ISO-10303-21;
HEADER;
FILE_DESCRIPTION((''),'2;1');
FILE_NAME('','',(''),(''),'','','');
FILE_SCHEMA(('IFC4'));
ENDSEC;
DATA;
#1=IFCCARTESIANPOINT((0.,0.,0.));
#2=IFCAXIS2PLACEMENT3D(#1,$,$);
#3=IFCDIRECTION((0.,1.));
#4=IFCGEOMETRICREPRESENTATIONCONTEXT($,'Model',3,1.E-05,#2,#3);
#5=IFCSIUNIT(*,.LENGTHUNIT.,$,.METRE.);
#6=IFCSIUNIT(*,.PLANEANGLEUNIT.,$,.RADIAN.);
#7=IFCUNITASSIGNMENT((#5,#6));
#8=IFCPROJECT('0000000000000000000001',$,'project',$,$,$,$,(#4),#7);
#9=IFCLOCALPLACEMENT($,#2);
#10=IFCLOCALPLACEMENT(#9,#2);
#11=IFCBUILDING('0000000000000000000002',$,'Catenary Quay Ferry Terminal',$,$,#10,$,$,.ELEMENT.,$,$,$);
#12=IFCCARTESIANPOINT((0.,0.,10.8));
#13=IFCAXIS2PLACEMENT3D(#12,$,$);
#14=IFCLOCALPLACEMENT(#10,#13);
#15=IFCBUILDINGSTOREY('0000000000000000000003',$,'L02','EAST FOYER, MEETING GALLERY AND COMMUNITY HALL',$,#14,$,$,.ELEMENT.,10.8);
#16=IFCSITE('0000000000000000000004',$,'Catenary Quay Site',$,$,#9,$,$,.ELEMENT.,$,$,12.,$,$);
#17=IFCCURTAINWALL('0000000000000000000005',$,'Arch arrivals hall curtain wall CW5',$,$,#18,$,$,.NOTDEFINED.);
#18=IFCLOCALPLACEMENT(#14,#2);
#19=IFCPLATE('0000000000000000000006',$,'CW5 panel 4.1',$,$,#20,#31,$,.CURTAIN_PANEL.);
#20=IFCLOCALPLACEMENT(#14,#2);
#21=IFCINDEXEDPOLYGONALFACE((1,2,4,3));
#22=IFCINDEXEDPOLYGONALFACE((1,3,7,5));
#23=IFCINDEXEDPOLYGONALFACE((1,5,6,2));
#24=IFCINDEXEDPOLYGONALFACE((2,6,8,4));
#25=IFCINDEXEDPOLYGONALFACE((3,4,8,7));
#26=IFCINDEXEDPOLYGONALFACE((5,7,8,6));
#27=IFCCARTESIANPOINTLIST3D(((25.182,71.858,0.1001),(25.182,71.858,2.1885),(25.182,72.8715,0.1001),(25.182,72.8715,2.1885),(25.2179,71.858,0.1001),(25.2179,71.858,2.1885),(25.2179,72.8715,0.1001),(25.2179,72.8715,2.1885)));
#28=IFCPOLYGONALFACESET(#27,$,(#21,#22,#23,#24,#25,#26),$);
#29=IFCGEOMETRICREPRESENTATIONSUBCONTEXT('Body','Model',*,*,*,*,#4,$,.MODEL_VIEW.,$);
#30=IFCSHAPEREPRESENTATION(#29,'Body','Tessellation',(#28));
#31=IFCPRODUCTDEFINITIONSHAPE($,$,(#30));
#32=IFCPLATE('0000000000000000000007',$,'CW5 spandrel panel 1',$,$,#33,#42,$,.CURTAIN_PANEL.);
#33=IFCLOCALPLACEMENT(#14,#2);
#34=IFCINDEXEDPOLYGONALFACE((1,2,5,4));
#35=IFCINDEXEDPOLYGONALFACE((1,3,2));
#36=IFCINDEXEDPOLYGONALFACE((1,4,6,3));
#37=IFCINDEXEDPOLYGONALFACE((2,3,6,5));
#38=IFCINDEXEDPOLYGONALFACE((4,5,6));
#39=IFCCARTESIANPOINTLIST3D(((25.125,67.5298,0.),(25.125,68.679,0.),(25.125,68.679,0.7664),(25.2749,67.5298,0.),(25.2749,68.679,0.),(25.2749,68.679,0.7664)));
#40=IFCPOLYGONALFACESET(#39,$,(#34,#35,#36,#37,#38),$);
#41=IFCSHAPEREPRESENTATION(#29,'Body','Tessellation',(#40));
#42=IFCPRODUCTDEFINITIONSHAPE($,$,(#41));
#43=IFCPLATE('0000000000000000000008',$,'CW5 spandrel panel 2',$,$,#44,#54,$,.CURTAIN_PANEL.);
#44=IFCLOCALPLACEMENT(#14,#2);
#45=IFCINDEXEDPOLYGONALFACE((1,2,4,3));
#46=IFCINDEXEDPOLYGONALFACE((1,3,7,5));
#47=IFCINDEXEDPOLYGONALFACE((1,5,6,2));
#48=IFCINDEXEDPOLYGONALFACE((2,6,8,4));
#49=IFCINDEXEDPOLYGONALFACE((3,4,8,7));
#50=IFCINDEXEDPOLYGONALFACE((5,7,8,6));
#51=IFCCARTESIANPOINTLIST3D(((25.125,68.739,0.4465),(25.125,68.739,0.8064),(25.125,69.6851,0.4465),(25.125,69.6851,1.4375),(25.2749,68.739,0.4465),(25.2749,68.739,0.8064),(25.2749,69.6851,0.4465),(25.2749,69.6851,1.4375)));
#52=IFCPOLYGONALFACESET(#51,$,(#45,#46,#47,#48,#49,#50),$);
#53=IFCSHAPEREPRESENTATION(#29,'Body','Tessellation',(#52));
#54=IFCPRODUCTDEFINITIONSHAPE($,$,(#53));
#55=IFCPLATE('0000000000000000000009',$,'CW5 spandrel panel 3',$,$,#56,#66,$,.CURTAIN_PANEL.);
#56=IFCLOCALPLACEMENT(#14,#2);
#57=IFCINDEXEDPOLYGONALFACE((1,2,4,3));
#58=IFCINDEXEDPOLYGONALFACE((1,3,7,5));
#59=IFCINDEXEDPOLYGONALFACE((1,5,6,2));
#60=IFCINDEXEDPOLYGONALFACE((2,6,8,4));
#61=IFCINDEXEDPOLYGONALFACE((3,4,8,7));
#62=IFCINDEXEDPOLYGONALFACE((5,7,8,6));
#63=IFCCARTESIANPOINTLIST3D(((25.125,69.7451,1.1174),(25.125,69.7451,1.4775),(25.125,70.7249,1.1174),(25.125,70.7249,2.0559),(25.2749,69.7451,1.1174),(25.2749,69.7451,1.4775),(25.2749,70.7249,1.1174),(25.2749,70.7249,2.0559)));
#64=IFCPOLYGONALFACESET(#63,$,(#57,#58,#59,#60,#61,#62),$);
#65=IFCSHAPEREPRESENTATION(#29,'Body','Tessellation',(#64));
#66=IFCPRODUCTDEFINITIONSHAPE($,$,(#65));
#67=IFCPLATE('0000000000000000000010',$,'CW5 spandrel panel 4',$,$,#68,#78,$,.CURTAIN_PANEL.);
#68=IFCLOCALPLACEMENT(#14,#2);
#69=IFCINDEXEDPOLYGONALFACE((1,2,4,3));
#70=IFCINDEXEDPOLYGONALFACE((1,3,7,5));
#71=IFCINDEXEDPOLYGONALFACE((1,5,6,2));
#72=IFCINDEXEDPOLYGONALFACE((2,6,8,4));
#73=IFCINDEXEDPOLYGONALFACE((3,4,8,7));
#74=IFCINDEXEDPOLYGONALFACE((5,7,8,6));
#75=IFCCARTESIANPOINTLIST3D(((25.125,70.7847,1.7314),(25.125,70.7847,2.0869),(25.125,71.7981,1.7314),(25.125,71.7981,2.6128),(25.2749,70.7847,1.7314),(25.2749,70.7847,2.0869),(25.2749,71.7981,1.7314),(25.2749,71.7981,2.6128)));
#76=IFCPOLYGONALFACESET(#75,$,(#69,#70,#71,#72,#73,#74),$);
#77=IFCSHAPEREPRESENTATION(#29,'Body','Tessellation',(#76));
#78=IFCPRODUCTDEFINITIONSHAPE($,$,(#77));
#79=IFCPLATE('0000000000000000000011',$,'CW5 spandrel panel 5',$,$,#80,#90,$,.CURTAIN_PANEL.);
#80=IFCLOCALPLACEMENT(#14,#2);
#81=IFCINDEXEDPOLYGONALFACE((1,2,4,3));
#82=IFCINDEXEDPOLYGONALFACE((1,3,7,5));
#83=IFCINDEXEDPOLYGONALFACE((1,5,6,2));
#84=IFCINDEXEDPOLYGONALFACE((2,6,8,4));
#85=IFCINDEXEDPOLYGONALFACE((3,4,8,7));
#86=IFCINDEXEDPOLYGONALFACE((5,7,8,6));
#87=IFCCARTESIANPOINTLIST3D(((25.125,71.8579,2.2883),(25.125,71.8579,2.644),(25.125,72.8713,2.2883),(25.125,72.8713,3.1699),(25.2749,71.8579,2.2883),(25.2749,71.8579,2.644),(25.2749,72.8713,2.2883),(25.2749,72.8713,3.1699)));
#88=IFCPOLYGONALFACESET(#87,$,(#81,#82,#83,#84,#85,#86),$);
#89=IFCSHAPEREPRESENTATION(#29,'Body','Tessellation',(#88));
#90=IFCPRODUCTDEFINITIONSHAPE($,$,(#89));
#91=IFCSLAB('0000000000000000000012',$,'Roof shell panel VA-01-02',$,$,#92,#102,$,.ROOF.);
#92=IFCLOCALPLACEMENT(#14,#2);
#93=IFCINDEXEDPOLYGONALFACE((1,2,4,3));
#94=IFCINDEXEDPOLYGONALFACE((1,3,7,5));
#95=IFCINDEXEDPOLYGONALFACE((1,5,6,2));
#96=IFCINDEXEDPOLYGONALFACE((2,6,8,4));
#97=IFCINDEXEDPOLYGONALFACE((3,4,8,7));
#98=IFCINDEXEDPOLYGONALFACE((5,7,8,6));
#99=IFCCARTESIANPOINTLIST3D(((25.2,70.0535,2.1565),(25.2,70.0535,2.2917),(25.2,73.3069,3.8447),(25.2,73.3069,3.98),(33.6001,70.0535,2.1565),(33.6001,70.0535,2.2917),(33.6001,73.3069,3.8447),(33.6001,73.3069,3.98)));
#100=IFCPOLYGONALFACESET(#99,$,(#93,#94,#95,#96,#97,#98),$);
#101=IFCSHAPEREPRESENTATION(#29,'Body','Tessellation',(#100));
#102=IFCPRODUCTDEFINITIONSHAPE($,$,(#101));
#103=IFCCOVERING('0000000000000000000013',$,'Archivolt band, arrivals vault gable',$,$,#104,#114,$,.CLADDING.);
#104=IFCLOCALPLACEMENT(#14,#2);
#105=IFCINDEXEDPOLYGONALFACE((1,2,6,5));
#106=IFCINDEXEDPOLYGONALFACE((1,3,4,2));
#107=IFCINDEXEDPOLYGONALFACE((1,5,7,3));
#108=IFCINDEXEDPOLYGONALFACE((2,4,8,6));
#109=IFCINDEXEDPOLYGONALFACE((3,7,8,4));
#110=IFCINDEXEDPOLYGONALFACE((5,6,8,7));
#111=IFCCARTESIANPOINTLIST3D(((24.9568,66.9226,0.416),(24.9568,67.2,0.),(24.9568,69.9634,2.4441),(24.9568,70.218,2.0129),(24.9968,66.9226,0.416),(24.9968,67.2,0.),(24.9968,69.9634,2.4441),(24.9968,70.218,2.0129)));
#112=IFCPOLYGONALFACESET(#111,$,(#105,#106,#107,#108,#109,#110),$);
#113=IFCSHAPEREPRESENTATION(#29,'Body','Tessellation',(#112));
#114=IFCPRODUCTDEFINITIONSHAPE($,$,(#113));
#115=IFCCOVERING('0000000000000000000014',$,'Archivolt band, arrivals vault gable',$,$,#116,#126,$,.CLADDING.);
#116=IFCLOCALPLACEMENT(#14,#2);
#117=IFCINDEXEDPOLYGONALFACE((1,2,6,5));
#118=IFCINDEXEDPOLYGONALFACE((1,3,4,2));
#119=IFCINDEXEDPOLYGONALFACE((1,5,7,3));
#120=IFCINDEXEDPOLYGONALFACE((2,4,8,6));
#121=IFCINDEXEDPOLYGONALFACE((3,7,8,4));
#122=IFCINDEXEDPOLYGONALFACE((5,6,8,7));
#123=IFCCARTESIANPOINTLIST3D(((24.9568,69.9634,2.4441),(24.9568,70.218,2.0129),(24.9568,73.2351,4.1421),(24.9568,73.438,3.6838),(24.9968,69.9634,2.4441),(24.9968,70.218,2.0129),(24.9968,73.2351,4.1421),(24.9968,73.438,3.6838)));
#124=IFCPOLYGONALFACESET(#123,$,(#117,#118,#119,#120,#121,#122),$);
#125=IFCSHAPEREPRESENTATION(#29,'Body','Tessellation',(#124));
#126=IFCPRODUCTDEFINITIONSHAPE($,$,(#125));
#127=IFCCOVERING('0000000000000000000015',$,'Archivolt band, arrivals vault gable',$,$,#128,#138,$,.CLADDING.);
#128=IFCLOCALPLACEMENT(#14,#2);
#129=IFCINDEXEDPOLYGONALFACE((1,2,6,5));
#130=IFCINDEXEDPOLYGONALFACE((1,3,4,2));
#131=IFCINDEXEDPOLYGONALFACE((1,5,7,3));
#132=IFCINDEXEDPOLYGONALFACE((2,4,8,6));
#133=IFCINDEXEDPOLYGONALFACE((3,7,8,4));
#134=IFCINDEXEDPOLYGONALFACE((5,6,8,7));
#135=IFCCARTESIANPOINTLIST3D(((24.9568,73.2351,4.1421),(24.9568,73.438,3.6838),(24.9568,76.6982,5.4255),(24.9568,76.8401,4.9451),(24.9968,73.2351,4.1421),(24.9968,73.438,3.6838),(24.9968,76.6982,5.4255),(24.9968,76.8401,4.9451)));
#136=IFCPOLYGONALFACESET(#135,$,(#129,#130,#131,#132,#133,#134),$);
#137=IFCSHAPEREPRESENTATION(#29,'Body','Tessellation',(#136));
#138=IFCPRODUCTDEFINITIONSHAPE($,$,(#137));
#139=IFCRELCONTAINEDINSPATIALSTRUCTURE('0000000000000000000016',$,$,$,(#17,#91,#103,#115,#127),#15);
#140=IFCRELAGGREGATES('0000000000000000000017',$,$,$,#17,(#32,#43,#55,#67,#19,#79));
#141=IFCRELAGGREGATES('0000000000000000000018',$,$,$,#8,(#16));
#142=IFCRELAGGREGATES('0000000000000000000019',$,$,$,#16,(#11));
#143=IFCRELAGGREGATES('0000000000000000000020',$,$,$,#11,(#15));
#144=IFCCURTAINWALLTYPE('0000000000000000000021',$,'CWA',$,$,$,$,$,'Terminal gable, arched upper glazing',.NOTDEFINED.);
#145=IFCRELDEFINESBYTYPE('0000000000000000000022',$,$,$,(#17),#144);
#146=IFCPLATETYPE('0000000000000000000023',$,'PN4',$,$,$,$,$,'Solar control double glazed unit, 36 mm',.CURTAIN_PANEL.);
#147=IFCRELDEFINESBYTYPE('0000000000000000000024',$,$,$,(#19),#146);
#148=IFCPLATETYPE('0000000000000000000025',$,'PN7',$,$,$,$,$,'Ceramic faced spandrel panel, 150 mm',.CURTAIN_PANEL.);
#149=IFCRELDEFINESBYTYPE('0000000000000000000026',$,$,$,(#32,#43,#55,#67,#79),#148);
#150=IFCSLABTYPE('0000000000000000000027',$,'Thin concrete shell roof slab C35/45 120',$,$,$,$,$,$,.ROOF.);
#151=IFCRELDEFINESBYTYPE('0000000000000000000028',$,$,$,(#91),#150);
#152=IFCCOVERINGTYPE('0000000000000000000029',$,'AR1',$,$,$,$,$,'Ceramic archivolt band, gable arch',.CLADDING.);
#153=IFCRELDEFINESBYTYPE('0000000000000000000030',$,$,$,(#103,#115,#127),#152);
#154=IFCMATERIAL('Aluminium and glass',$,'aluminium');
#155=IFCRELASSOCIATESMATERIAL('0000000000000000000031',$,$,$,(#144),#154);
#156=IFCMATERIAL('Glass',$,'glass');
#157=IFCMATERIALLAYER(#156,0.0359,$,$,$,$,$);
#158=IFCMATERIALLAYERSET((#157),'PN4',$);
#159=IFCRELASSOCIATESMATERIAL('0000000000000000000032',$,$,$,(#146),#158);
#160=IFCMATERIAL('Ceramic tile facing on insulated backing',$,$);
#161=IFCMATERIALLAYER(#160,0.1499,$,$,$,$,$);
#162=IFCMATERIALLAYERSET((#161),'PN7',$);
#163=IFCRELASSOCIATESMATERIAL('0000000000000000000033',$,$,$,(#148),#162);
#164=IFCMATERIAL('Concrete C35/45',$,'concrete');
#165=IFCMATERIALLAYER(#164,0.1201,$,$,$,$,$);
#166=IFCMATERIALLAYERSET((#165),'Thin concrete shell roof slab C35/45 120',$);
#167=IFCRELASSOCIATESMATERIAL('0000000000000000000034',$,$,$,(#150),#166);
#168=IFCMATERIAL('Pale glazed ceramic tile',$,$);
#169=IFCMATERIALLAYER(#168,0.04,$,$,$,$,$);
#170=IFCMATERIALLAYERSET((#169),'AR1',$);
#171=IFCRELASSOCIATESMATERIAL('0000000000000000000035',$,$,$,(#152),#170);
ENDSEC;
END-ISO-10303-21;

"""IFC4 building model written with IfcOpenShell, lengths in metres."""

from ifc_helpers import new_model, si_unit, direction, frame, origin, origin_2d, place, context, subcontext, project, spatial, polyline, rectangle, outline, extrude, material, layer, layer_set, type_object, element, aggregate, save


model = new_model("IFC4")

# Units and contexts
model_context = context("Model", 3, precision=1e-05, world=origin(), true_north=direction((0.0, 1.0)))
body_context = subcontext(model_context, "Body", "Model", "MODEL_VIEW")
ifc_project = project(units=[si_unit("LENGTHUNIT", "METRE"), si_unit("PLANEANGLEUNIT", "RADIAN")], contexts=[model_context])

# Site, building, storey
site_placement = place(None, origin())
site = spatial("IfcSite", under=ifc_project, at=site_placement, Name="Catenary Quay Site", CompositionType="ELEMENT", RefElevation=12.0)
building_placement = place(site_placement, origin())
building = spatial("IfcBuilding", under=site, at=building_placement, Name="Catenary Quay Ferry Terminal", CompositionType="ELEMENT")
storey_placement = place(building_placement, frame((0.0, 0.0, 10.8)))
storey = spatial("IfcBuildingStorey", under=building, at=storey_placement, Name="L02", Description="EAST FOYER, MEETING GALLERY AND COMMUNITY HALL", CompositionType="ELEMENT", Elevation=10.8)

# Curtain wall
ifc_material_1 = material(Name="Aluminium and glass", Category="aluminium")
curtain_wall_type = type_object("IfcCurtainWallType", Name="CWA", ElementType="Terminal gable, arched upper glazing", PredefinedType="NOTDEFINED", material=ifc_material_1)
curtain_wall_placement = place(storey_placement, origin())
curtain_wall = element("IfcCurtainWall", 1, at=curtain_wall_placement, inside=storey, type_object=curtain_wall_type, Name="Arch arrivals hall curtain wall CW5", PredefinedType="NOTDEFINED")

# Plates
ifc_material_2 = material(Name="Glass", Category="glass")
ifc_layer_1 = layer(ifc_material_2, 0.0359)
ifc_layer_set_1 = layer_set([ifc_layer_1], Name="PN4")
plate_type_1 = type_object("IfcPlateType", Name="PN4", ElementType="Solar control double glazed unit, 36 mm", PredefinedType="CURTAIN_PANEL", material=ifc_layer_set_1)
plate_1_placement = place(storey_placement, frame((25.2, 72.3647, 0.1001), z_axis=(0.0, 0.0, 1.0), x_axis=(0.0, 1.0, 0.0)))
plate_1 = element("IfcPlate", 2, at=plate_1_placement, type_object=plate_type_1, Name="CW5 panel 4.1", PredefinedType="CURTAIN_PANEL", context=body_context, shape_type="SweptSolid", body=[
    extrude(rectangle(XDim=1.0134, YDim=0.0359, at=origin_2d()), origin(), (0.0, 0.0, 1.0), 2.0884),
])
ifc_material_3 = material(Name="Ceramic tile facing on insulated backing")
ifc_layer_2 = layer(ifc_material_3, 0.1499)
ifc_layer_set_2 = layer_set([ifc_layer_2], Name="PN7")
plate_type_2 = type_object("IfcPlateType", Name="PN7", ElementType="Ceramic faced spandrel panel, 150 mm", PredefinedType="CURTAIN_PANEL", material=ifc_layer_set_2)
plate_2_placement = place(storey_placement, frame((25.2, 67.5298, 0.0), z_axis=(0.0, 0.0, 1.0), x_axis=(0.0, 1.0, 0.0)))
plate_2 = element("IfcPlate", 3, at=plate_2_placement, type_object=plate_type_2, Name="CW5 spandrel panel 1", PredefinedType="CURTAIN_PANEL", context=body_context, shape_type="SweptSolid", body=[
    extrude(outline(polyline([(0.0, 0.0), (1.1492, 0.0), (1.1492, 0.7664), (0.0, 0.0)])), frame((0.0, 0.075, 0.0), z_axis=(0.0, -1.0, 0.0), x_axis=(1.0, 0.0, 0.0)), (0.0, 0.0, 1.0), 0.1499),
])
plate_3_placement = place(storey_placement, frame((25.2, 68.739, 0.4465), z_axis=(0.0, 0.0, 1.0), x_axis=(0.0, 1.0, 0.0)))
plate_3 = element("IfcPlate", 4, at=plate_3_placement, type_object=plate_type_2, Name="CW5 spandrel panel 2", PredefinedType="CURTAIN_PANEL", context=body_context, shape_type="SweptSolid", body=[
    extrude(outline(polyline([(0.0, 0.0), (0.946, 0.0), (0.946, 0.991), (0.0, 0.3599), (0.0, 0.0)])), frame((0.0, 0.075, 0.0), z_axis=(0.0, -1.0, 0.0), x_axis=(1.0, 0.0, 0.0)), (0.0, 0.0, 1.0), 0.1499),
])
plate_4_placement = place(storey_placement, frame((25.2, 69.7451, 1.1174), z_axis=(0.0, 0.0, 1.0), x_axis=(0.0, 1.0, 0.0)))
plate_4 = element("IfcPlate", 5, at=plate_4_placement, type_object=plate_type_2, Name="CW5 spandrel panel 3", PredefinedType="CURTAIN_PANEL", context=body_context, shape_type="SweptSolid", body=[
    extrude(outline(polyline([(0.0, 0.0), (0.9797, 0.0), (0.9797, 0.9385), (0.0, 0.3601), (0.0, 0.0)])), frame((0.0, 0.075, 0.0), z_axis=(0.0, -1.0, 0.0), x_axis=(1.0, 0.0, 0.0)), (0.0, 0.0, 1.0), 0.1499),
])
plate_5_placement = place(storey_placement, frame((25.2, 70.7847, 1.7314), z_axis=(0.0, 0.0, 1.0), x_axis=(0.0, 1.0, 0.0)))
plate_5 = element("IfcPlate", 6, at=plate_5_placement, type_object=plate_type_2, Name="CW5 spandrel panel 4", PredefinedType="CURTAIN_PANEL", context=body_context, shape_type="SweptSolid", body=[
    extrude(outline(polyline([(0.0, 0.0), (1.0134, 0.0), (1.0134, 0.8813), (0.0, 0.3555), (0.0, 0.0)])), frame((0.0, 0.075, 0.0), z_axis=(0.0, -1.0, 0.0), x_axis=(1.0, 0.0, 0.0)), (0.0, 0.0, 1.0), 0.1499),
])
plate_6_placement = place(storey_placement, frame((25.2, 71.8579, 2.2883), z_axis=(0.0, 0.0, 1.0), x_axis=(0.0, 1.0, 0.0)))
plate_6 = element("IfcPlate", 7, at=plate_6_placement, type_object=plate_type_2, Name="CW5 spandrel panel 5", PredefinedType="CURTAIN_PANEL", context=body_context, shape_type="SweptSolid", body=[
    extrude(outline(polyline([(0.0, 0.0), (1.0134, 0.0), (1.0134, 0.8816), (0.0, 0.3557), (0.0, 0.0)])), frame((0.0, 0.075, 0.0), z_axis=(0.0, -1.0, 0.0), x_axis=(1.0, 0.0, 0.0)), (0.0, 0.0, 1.0), 0.1499),
])
aggregate(curtain_wall, [plate_2, plate_3, plate_4, plate_5, plate_1, plate_6])

# Slab
ifc_material_4 = material(Name="Concrete C35/45", Category="concrete")
ifc_layer_3 = layer(ifc_material_4, 0.1201)
ifc_layer_set_3 = layer_set([ifc_layer_3], Name="Thin concrete shell roof slab C35/45 120")
slab_type = type_object("IfcSlabType", Name="Thin concrete shell roof slab C35/45 120", PredefinedType="ROOF", material=ifc_layer_set_3)
slab_placement = place(storey_placement, frame((25.2, 70.0535, 2.2917), z_axis=(0.0, -0.460591, 0.887612), x_axis=(1.0, 0.0, 0.0)))
element("IfcSlab", 8, at=slab_placement, inside=storey, type_object=slab_type, Name="Roof shell panel VA-01-02", PredefinedType="ROOF", context=body_context, shape_type="SweptSolid", body=[
    extrude(outline(polyline([(0.0, 0.0), (8.4001, 0.0), (8.4001, 3.6654), (0.0, 3.6654), (0.0, 0.0)])), origin(), (0.0, -0.460591, -0.887612), 0.1353),
])

# Coverings
ifc_material_5 = material(Name="Pale glazed ceramic tile")
ifc_layer_4 = layer(ifc_material_5, 0.04)
ifc_layer_set_4 = layer_set([ifc_layer_4], Name="AR1")
covering_type = type_object("IfcCoveringType", Name="AR1", ElementType="Ceramic archivolt band, gable arch", PredefinedType="CLADDING", material=ifc_layer_set_4)
covering_1_placement = place(storey_placement, frame((24.9968, 67.2, 0.0), z_axis=(1.0, 0.0, 0.0), x_axis=(0.0, 0.831936, 0.554871)))
element("IfcCovering", 9, at=covering_1_placement, inside=storey, type_object=covering_type, Name="Archivolt band, arrivals vault gable", PredefinedType="CLADDING", context=body_context, shape_type="SweptSolid", body=[
    extrude(outline(polyline([(0.0, 0.0), (3.6278, 0.0), (3.6552, 0.5), (0.0001, 0.5), (0.0, 0.0)])), origin(), (0.0, 0.0, -1.0), 0.04),
])
covering_2_placement = place(storey_placement, frame((24.9968, 70.218, 2.0129), z_axis=(1.0, 0.0, 0.0), x_axis=(0.0, 0.88761, 0.460596)))
element("IfcCovering", 10, at=covering_2_placement, inside=storey, type_object=covering_type, Name="Archivolt band, arrivals vault gable", PredefinedType="CLADDING", context=body_context, shape_type="SweptSolid", body=[
    extrude(outline(polyline([(0.0, 0.0), (3.6277, 0.0), (3.6587, 0.5002), (-0.0274, 0.5), (0.0, 0.0)])), origin(), (0.0, 0.0, -1.0), 0.04),
])
covering_3_placement = place(storey_placement, frame((24.9968, 73.438, 3.6838), z_axis=(1.0, 0.0, 0.0), x_axis=(0.0, 0.937642, 0.347604)))
element("IfcCovering", 11, at=covering_3_placement, inside=storey, type_object=covering_type, Name="Archivolt band, arrivals vault gable", PredefinedType="CLADDING", context=body_context, shape_type="SweptSolid", body=[
    extrude(outline(polyline([(0.0, 0.0), (3.6284, 0.0), (3.6624, 0.4998), (-0.0309, 0.5002), (0.0, 0.0)])), origin(), (0.0, 0.0, -1.0), 0.04),
])

save(model, "model.ifc")
